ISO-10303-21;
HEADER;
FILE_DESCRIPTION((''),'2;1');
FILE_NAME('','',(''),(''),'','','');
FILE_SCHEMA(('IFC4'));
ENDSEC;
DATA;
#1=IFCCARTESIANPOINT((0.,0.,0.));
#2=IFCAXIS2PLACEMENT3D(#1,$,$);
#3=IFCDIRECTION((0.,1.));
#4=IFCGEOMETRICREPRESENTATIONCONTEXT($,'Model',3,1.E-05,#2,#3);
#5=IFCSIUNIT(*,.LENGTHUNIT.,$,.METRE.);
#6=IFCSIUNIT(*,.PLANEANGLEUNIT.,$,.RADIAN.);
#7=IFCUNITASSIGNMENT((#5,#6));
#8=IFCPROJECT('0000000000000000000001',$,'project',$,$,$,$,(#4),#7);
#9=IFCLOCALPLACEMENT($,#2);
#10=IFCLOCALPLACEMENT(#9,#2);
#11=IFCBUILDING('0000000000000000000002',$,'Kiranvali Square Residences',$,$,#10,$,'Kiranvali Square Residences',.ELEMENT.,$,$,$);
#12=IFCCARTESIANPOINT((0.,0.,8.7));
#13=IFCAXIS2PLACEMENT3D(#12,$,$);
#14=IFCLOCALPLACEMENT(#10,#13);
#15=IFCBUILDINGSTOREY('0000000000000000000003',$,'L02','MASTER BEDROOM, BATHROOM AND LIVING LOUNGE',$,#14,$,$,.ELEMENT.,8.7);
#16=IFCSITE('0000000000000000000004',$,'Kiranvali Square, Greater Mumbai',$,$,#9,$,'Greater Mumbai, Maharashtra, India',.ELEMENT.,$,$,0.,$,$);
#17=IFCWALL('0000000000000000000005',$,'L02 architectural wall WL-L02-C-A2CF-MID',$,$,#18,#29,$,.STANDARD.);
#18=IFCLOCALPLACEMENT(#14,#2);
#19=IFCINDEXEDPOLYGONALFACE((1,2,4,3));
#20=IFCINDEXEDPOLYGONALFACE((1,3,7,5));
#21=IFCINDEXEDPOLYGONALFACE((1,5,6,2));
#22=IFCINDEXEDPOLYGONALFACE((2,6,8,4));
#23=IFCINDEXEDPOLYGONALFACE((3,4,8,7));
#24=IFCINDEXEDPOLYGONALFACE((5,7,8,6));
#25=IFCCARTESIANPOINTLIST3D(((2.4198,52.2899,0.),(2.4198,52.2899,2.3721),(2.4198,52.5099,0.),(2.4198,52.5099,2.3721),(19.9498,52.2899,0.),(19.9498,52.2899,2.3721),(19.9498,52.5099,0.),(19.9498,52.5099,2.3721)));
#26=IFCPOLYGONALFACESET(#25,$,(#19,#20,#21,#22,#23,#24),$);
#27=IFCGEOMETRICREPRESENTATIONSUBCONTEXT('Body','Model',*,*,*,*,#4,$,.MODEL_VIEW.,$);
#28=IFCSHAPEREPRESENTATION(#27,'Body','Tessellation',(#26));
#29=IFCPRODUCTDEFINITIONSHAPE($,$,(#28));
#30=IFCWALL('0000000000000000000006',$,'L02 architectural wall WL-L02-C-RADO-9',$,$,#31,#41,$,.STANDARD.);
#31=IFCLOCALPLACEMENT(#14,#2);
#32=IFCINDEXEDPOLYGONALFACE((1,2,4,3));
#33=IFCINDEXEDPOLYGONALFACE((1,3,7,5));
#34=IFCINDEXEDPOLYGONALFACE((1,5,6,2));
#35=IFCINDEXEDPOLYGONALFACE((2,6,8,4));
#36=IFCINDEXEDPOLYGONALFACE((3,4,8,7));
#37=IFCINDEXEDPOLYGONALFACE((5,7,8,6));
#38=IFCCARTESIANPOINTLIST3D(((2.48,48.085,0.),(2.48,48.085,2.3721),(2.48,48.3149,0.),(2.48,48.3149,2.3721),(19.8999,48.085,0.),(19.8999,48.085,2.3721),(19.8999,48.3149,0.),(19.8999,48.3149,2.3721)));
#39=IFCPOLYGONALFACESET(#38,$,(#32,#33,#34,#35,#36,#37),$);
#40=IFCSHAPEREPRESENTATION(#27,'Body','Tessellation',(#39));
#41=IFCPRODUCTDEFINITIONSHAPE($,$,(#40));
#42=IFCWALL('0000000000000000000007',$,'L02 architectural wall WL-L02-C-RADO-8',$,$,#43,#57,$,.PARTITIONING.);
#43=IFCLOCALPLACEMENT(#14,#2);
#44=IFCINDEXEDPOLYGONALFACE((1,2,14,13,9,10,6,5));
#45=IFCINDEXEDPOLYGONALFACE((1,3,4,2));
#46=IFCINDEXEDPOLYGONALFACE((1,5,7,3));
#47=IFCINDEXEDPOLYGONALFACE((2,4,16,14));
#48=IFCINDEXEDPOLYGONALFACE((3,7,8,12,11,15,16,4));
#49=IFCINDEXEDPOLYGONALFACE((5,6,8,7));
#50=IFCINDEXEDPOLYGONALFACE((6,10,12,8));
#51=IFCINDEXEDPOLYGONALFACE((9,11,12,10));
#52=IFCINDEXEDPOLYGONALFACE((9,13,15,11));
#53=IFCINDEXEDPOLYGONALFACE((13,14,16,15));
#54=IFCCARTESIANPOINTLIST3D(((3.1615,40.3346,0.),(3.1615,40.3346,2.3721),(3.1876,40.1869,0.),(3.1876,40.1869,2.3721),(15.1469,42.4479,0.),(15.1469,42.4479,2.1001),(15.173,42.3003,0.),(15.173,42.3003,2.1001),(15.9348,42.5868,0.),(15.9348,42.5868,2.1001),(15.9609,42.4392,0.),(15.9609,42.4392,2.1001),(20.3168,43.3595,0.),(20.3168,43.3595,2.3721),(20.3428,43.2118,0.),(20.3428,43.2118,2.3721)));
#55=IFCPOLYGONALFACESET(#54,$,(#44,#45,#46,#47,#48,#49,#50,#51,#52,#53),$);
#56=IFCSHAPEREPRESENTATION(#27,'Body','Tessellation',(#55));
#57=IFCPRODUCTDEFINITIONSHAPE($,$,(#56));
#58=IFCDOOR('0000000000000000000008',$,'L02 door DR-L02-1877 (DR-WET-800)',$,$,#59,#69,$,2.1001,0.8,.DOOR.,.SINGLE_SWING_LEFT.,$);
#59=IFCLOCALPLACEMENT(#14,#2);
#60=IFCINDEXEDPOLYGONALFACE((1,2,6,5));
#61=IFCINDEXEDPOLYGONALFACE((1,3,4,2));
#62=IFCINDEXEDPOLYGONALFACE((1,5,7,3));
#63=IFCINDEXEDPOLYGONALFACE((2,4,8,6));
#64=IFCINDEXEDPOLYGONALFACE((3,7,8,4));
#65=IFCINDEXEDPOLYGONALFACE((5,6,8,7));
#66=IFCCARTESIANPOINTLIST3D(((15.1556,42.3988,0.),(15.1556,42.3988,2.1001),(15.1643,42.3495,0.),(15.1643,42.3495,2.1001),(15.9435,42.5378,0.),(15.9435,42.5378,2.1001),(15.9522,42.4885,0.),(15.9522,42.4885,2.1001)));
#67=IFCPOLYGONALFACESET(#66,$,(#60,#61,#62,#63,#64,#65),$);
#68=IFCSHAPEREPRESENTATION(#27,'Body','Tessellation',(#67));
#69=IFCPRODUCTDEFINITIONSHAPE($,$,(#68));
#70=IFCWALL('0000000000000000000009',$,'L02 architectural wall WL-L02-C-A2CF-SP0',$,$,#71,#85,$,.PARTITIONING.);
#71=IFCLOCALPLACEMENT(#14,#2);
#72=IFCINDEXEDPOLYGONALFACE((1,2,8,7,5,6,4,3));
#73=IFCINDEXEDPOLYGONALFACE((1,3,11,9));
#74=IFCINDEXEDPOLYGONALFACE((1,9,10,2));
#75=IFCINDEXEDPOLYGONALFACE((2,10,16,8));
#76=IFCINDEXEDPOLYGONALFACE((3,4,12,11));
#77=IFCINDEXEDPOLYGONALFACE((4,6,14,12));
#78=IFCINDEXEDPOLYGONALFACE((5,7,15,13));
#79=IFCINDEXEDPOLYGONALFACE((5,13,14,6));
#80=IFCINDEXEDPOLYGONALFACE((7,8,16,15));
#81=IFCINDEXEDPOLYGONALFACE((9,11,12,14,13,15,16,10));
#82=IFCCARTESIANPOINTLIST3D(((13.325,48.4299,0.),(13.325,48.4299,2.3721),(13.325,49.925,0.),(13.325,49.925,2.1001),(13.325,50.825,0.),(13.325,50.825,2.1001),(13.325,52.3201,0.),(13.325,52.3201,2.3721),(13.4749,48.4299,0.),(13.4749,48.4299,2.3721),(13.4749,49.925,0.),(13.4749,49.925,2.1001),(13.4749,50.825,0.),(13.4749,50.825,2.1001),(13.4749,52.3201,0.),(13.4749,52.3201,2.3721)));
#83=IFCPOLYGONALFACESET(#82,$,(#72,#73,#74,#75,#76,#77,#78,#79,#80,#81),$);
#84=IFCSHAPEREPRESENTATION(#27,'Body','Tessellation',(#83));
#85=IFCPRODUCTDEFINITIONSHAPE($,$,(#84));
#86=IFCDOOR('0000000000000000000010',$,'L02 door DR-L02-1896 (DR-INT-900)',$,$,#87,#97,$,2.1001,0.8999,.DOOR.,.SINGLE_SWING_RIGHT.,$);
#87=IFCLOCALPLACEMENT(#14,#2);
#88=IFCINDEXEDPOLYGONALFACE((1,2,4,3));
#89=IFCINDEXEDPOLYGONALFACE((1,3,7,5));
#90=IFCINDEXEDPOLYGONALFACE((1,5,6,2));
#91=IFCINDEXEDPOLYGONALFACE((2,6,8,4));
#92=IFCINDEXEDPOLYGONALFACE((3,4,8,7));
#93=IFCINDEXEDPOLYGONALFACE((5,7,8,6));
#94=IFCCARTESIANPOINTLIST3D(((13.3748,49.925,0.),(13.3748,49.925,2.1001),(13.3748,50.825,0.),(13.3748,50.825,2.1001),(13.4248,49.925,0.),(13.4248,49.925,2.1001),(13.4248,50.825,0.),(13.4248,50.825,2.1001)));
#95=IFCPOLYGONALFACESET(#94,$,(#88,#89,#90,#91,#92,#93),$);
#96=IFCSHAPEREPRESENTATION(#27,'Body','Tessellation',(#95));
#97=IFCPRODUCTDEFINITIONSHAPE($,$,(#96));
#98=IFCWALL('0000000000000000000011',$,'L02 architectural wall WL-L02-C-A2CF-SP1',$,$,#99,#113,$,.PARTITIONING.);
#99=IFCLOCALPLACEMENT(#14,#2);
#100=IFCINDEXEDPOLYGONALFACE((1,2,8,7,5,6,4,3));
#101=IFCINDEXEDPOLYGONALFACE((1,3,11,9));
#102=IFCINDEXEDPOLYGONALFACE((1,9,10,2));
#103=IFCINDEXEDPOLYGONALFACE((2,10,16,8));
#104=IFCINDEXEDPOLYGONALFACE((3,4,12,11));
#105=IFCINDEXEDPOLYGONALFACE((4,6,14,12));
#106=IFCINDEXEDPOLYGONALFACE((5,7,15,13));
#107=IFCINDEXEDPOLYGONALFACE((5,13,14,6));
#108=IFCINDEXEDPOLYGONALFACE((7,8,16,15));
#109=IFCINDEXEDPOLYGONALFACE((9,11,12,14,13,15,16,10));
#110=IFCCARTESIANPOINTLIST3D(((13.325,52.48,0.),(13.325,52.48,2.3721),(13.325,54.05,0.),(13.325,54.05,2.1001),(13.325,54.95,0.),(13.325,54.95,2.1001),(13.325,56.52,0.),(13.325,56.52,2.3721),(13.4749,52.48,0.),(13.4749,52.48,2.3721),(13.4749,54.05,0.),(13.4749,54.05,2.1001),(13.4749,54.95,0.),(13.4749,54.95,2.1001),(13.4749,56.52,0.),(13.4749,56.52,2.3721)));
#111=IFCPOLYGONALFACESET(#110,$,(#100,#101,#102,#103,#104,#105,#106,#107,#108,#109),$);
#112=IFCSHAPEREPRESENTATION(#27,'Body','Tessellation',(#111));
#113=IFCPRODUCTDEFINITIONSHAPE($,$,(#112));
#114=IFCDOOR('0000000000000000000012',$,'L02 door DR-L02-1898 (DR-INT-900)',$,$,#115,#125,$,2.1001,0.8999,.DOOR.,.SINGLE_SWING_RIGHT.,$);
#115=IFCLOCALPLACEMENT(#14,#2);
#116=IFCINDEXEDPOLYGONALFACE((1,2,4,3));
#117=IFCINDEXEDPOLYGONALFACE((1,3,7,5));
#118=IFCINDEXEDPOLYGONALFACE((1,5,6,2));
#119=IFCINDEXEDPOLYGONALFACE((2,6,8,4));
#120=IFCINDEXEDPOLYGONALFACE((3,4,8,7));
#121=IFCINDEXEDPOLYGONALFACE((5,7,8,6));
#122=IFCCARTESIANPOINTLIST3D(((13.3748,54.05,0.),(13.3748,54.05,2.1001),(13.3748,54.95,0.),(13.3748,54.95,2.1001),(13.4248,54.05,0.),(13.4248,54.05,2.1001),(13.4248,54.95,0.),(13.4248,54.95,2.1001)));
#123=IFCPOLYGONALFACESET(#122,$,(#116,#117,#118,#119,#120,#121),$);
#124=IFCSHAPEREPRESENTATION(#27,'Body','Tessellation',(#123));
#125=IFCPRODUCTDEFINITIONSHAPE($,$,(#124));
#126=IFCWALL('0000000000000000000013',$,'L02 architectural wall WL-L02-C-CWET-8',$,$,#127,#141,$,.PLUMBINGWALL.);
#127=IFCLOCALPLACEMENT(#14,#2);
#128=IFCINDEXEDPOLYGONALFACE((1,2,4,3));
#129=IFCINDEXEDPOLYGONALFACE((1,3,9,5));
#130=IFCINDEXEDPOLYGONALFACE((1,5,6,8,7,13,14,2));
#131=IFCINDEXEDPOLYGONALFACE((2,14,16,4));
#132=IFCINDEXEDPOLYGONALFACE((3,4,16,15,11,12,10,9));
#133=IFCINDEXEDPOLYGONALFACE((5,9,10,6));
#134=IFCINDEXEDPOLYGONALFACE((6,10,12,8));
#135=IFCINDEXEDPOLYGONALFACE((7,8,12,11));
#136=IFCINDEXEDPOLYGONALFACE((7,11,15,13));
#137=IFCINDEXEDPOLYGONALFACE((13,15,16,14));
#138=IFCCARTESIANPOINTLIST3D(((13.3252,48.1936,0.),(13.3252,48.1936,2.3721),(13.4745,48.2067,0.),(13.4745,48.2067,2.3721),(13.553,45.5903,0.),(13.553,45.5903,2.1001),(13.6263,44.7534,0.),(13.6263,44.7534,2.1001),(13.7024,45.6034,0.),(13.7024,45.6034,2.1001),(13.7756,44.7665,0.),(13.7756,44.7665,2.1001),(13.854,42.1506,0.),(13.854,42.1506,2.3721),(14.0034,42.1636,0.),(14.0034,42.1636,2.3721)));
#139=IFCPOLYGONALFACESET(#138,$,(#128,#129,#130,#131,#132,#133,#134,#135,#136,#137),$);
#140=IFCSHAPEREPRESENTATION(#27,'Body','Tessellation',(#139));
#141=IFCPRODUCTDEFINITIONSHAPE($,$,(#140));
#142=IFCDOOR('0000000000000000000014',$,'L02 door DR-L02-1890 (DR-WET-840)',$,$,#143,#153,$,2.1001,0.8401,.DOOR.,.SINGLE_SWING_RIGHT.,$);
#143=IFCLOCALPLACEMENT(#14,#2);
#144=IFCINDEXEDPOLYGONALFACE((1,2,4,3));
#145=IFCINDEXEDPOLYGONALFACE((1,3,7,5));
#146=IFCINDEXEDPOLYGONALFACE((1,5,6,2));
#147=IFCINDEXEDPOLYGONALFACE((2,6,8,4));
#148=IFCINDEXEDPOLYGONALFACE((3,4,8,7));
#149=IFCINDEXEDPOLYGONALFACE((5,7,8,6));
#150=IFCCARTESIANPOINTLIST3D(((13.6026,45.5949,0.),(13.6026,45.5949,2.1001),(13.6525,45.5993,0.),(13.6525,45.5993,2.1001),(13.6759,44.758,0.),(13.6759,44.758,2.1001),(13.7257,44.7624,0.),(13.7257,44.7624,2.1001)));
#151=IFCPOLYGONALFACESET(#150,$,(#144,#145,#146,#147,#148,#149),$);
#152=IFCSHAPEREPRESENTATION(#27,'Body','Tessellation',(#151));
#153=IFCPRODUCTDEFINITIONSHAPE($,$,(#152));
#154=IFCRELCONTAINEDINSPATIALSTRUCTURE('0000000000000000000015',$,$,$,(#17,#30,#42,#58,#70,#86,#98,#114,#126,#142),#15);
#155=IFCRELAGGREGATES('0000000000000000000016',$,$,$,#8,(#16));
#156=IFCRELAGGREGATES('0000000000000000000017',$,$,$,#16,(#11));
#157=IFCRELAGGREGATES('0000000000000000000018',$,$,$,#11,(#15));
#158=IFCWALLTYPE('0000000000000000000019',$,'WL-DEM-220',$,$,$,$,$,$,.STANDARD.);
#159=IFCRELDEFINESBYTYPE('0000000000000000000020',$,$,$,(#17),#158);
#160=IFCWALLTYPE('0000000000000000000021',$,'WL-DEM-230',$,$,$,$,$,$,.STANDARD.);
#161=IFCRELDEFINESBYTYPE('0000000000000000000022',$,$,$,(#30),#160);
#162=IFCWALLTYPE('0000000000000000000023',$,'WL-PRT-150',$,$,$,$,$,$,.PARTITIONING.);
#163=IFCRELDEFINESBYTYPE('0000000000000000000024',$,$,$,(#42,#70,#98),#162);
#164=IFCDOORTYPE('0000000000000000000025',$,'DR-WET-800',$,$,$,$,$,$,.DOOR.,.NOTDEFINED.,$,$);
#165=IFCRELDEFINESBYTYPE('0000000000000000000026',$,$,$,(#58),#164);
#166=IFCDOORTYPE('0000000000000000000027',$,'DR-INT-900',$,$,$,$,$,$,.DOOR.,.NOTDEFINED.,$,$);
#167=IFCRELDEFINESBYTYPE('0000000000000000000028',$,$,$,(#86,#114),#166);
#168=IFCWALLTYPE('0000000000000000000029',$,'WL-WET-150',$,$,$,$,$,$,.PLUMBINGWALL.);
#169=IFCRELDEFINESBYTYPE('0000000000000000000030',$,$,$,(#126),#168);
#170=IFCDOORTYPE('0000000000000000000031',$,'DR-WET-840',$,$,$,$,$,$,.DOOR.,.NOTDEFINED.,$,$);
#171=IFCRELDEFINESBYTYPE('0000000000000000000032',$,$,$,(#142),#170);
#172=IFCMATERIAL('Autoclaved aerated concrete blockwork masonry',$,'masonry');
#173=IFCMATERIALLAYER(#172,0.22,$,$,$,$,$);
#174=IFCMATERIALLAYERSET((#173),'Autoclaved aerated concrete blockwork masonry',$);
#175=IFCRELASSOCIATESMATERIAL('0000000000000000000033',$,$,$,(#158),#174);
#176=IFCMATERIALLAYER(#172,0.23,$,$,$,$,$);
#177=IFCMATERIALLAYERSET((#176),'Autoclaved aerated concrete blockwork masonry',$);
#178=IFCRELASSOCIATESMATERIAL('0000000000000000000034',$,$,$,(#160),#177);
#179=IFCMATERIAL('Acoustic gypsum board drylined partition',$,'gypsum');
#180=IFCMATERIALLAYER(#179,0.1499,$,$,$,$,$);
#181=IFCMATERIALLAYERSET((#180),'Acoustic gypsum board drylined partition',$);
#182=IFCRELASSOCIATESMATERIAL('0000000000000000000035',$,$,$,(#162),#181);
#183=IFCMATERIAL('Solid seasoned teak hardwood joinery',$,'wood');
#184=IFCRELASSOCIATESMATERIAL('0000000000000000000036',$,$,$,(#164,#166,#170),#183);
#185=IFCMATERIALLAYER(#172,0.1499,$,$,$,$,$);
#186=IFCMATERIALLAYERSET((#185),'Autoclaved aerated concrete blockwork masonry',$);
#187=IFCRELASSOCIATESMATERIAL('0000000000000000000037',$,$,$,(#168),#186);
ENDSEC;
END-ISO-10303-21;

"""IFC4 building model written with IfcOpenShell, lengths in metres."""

from ifc_helpers import new_model, si_unit, direction, frame, frame_2d, origin, place, context, subcontext, project, spatial, rectangle, extrude, material, layer, layer_set, type_object, element, fill, save


model = new_model("IFC4")

# Units and contexts
model_context = context("Model", 3, precision=1e-05, world=origin(), true_north=direction((0.0, 1.0)))
body_context = subcontext(model_context, "Body", "Model", "MODEL_VIEW")
ifc_project = project(units=[si_unit("LENGTHUNIT", "METRE"), si_unit("PLANEANGLEUNIT", "RADIAN")], contexts=[model_context])

# Site, building, storey
site_placement = place(None, origin())
site = spatial("IfcSite", under=ifc_project, at=site_placement, Name="Kiranvali Square, Greater Mumbai", LongName="Greater Mumbai, Maharashtra, India", CompositionType="ELEMENT", RefElevation=0.0)
building_placement = place(site_placement, origin())
building = spatial("IfcBuilding", under=site, at=building_placement, Name="Kiranvali Square Residences", LongName="Kiranvali Square Residences", CompositionType="ELEMENT")
storey_placement = place(building_placement, frame((0.0, 0.0, 8.7)))
storey = spatial("IfcBuildingStorey", under=building, at=storey_placement, Name="L02", Description="MASTER BEDROOM, BATHROOM AND LIVING LOUNGE", CompositionType="ELEMENT", Elevation=8.7)

# Shared definitions
ifc_material_1 = material(Name="Autoclaved aerated concrete blockwork masonry", Category="masonry")

# Walls
ifc_layer_1 = layer(ifc_material_1, 0.22)
ifc_layer_set_1 = layer_set([ifc_layer_1], Name="Autoclaved aerated concrete blockwork masonry")
wall_type_1 = type_object("IfcWallType", Name="WL-DEM-220", PredefinedType="STANDARD", material=ifc_layer_set_1)
wall_1_placement = place(storey_placement, frame((19.95, 52.3999, 0.0), z_axis=(0.0, 0.0, 1.0), x_axis=(-1.0, 0.0, 0.0)))
element("IfcWall", 1, at=wall_1_placement, inside=storey, type_object=wall_type_1, Name="L02 architectural wall WL-L02-C-A2CF-MID", PredefinedType="STANDARD", context=body_context, shape_type="SweptSolid", body=[
    extrude(rectangle(XDim=17.53, YDim=0.22, at=frame_2d((8.7651, 0.0))), origin(), (0.0, 0.0, 1.0), 2.3721),
])
ifc_layer_2 = layer(ifc_material_1, 0.23)
ifc_layer_set_2 = layer_set([ifc_layer_2], Name="Autoclaved aerated concrete blockwork masonry")
wall_type_2 = type_object("IfcWallType", Name="WL-DEM-230", PredefinedType="STANDARD", material=ifc_layer_set_2)
wall_2_placement = place(storey_placement, frame((19.8999, 48.2, 0.0), z_axis=(0.0, 0.0, 1.0), x_axis=(-1.0, 0.0, 0.0)))
element("IfcWall", 2, at=wall_2_placement, inside=storey, type_object=wall_type_2, Name="L02 architectural wall WL-L02-C-RADO-9", PredefinedType="STANDARD", context=body_context, shape_type="SweptSolid", body=[
    extrude(rectangle(XDim=17.4199, YDim=0.23, at=frame_2d((8.71, 0.0))), origin(), (0.0, 0.0, 1.0), 2.3721),
])

# Walls, openings, doors
ifc_material_2 = material(Name="Acoustic gypsum board drylined partition", Category="gypsum")
ifc_layer_3 = layer(ifc_material_2, 0.1499)
ifc_layer_set_3 = layer_set([ifc_layer_3], Name="Acoustic gypsum board drylined partition")
wall_type_3 = type_object("IfcWallType", Name="WL-PRT-150", PredefinedType="PARTITIONING", material=ifc_layer_set_3)
wall_3_placement = place(storey_placement, frame((20.3298, 43.2856, 0.0), z_axis=(0.0, 0.0, 1.0), x_axis=(-0.984808, -0.173646, 0.0)))
wall_3 = element("IfcWall", 3, at=wall_3_placement, inside=storey, type_object=wall_type_3, Name="L02 architectural wall WL-L02-C-RADO-8", PredefinedType="PARTITIONING", context=body_context, shape_type="SweptSolid", body=[
    extrude(rectangle(XDim=17.4199, YDim=0.1499, at=frame_2d((8.71, 0.0))), origin(), (0.0, 0.0, 1.0), 2.3721),
])
opening_1_placement = place(wall_3_placement, frame((4.4497, 0.0, 0.0)))
opening_1 = element("IfcOpeningElement", 4, at=opening_1_placement, cuts=wall_3, PredefinedType="OPENING", context=body_context, shape_type="SweptSolid", body=[
    extrude(rectangle(XDim=0.8, YDim=2.1001, at=frame_2d((0.3999, 1.05))), frame((0.0, 0.085, 0.0), z_axis=(0.0, -1.0, 0.0), x_axis=(1.0, 0.0, 0.0)), (0.0, 0.0, 1.0), 0.1699),
])
ifc_material_3 = material(Name="Solid seasoned teak hardwood joinery", Category="wood")
door_type_1 = type_object("IfcDoorType", Name="DR-WET-800", OperationType="NOTDEFINED", PredefinedType="DOOR", material=ifc_material_3)
door_1_placement = place(opening_1_placement, origin())
door_1 = element("IfcDoor", 5, at=door_1_placement, inside=storey, type_object=door_type_1, Name="L02 door DR-L02-1877 (DR-WET-800)", OperationType="SINGLE_SWING_LEFT", OverallHeight=2.1001, OverallWidth=0.8, PredefinedType="DOOR", context=body_context, shape_type="SweptSolid", body=[
    extrude(rectangle(XDim=0.8, YDim=2.1001, at=frame_2d((0.3999, 1.05))), frame((0.0, 0.0249, 0.0), z_axis=(0.0, -1.0, 0.0), x_axis=(1.0, 0.0, 0.0)), (0.0, 0.0, 1.0), 0.05),
])
fill(opening_1, door_1)
wall_4_placement = place(storey_placement, frame((13.3999, 48.4299, 0.0), z_axis=(0.0, 0.0, 1.0), x_axis=(0.0, 1.0, 0.0)))
wall_4 = element("IfcWall", 6, at=wall_4_placement, inside=storey, type_object=wall_type_3, Name="L02 architectural wall WL-L02-C-A2CF-SP0", PredefinedType="PARTITIONING", context=body_context, shape_type="SweptSolid", body=[
    extrude(rectangle(XDim=3.8901, YDim=0.1499, at=frame_2d((1.9451, 0.0))), origin(), (0.0, 0.0, 1.0), 2.3721),
])
opening_2_placement = place(wall_4_placement, frame((1.4951, 0.0, 0.0)))
opening_2 = element("IfcOpeningElement", 7, at=opening_2_placement, cuts=wall_4, PredefinedType="OPENING", context=body_context, shape_type="SweptSolid", body=[
    extrude(rectangle(XDim=0.8999, YDim=2.1001, at=frame_2d((0.45, 1.05))), frame((0.0, 0.085, 0.0), z_axis=(0.0, -1.0, 0.0), x_axis=(1.0, 0.0, 0.0)), (0.0, 0.0, 1.0), 0.1699),
])
door_type_2 = type_object("IfcDoorType", Name="DR-INT-900", OperationType="NOTDEFINED", PredefinedType="DOOR", material=ifc_material_3)
door_2_placement = place(opening_2_placement, frame((0.8999, 0.0, 0.0), z_axis=(0.0, 0.0, 1.0), x_axis=(-1.0, 0.0, 0.0)))
door_2 = element("IfcDoor", 8, at=door_2_placement, inside=storey, type_object=door_type_2, Name="L02 door DR-L02-1896 (DR-INT-900)", OperationType="SINGLE_SWING_RIGHT", OverallHeight=2.1001, OverallWidth=0.8999, PredefinedType="DOOR", context=body_context, shape_type="SweptSolid", body=[
    extrude(rectangle(XDim=0.8999, YDim=2.1001, at=frame_2d((0.45, 1.05))), frame((0.0, 0.0249, 0.0), z_axis=(0.0, -1.0, 0.0), x_axis=(1.0, 0.0, 0.0)), (0.0, 0.0, 1.0), 0.05),
])
fill(opening_2, door_2)
wall_5_placement = place(storey_placement, frame((13.3999, 52.48, 0.0), z_axis=(0.0, 0.0, 1.0), x_axis=(0.0, 1.0, 0.0)))
wall_5 = element("IfcWall", 9, at=wall_5_placement, inside=storey, type_object=wall_type_3, Name="L02 architectural wall WL-L02-C-A2CF-SP1", PredefinedType="PARTITIONING", context=body_context, shape_type="SweptSolid", body=[
    extrude(rectangle(XDim=4.04, YDim=0.1499, at=frame_2d((2.02, 0.0))), origin(), (0.0, 0.0, 1.0), 2.3721),
])
opening_3_placement = place(wall_5_placement, frame((1.5701, 0.0, 0.0)))
opening_3 = element("IfcOpeningElement", 10, at=opening_3_placement, cuts=wall_5, PredefinedType="OPENING", context=body_context, shape_type="SweptSolid", body=[
    extrude(rectangle(XDim=0.8999, YDim=2.1001, at=frame_2d((0.45, 1.05))), frame((0.0, 0.085, 0.0), z_axis=(0.0, -1.0, 0.0), x_axis=(1.0, 0.0, 0.0)), (0.0, 0.0, 1.0), 0.1699),
])
door_3_placement = place(opening_3_placement, frame((0.8999, 0.0, 0.0), z_axis=(0.0, 0.0, 1.0), x_axis=(-1.0, 0.0, 0.0)))
door_3 = element("IfcDoor", 11, at=door_3_placement, inside=storey, type_object=door_type_2, Name="L02 door DR-L02-1898 (DR-INT-900)", OperationType="SINGLE_SWING_RIGHT", OverallHeight=2.1001, OverallWidth=0.8999, PredefinedType="DOOR", context=body_context, shape_type="SweptSolid", body=[
    extrude(rectangle(XDim=0.8999, YDim=2.1001, at=frame_2d((0.45, 1.05))), frame((0.0, 0.0249, 0.0), z_axis=(0.0, -1.0, 0.0), x_axis=(1.0, 0.0, 0.0)), (0.0, 0.0, 1.0), 0.05),
])
fill(opening_3, door_3)
ifc_layer_4 = layer(ifc_material_1, 0.1499)
ifc_layer_set_4 = layer_set([ifc_layer_4], Name="Autoclaved aerated concrete blockwork masonry")
wall_type_4 = type_object("IfcWallType", Name="WL-WET-150", PredefinedType="PLUMBINGWALL", material=ifc_layer_set_4)
wall_6_placement = place(storey_placement, frame((13.9287, 42.157, 0.0), z_axis=(0.0, 0.0, 1.0), x_axis=(-0.087175, 0.996193, 0.0)))
wall_6 = element("IfcWall", 12, at=wall_6_placement, inside=storey, type_object=wall_type_4, Name="L02 architectural wall WL-L02-C-CWET-8", PredefinedType="PLUMBINGWALL", context=body_context, shape_type="SweptSolid", body=[
    extrude(rectangle(XDim=6.0662, YDim=0.1499, at=frame_2d((3.0332, 0.0))), origin(), (0.0, 0.0, 1.0), 2.3721),
])
opening_4_placement = place(wall_6_placement, frame((2.613, 0.0, 0.0)))
opening_4 = element("IfcOpeningElement", 13, at=opening_4_placement, cuts=wall_6, PredefinedType="OPENING", context=body_context, shape_type="SweptSolid", body=[
    extrude(rectangle(XDim=0.8401, YDim=2.1001, at=frame_2d((0.4199, 1.05))), frame((0.0, 0.085, 0.0), z_axis=(0.0, -1.0, 0.0), x_axis=(1.0, 0.0, 0.0)), (0.0, 0.0, 1.0), 0.1699),
])
door_type_3 = type_object("IfcDoorType", Name="DR-WET-840", OperationType="NOTDEFINED", PredefinedType="DOOR", material=ifc_material_3)
door_4_placement = place(opening_4_placement, frame((0.8401, 0.0, 0.0), z_axis=(0.0, 0.0, 1.0), x_axis=(-1.0, 0.0, 0.0)))
door_4 = element("IfcDoor", 14, at=door_4_placement, inside=storey, type_object=door_type_3, Name="L02 door DR-L02-1890 (DR-WET-840)", OperationType="SINGLE_SWING_RIGHT", OverallHeight=2.1001, OverallWidth=0.8401, PredefinedType="DOOR", context=body_context, shape_type="SweptSolid", body=[
    extrude(rectangle(XDim=0.8401, YDim=2.1001, at=frame_2d((0.4199, 1.05))), frame((0.0, 0.0249, 0.0), z_axis=(0.0, -1.0, 0.0), x_axis=(1.0, 0.0, 0.0)), (0.0, 0.0, 1.0), 0.05),
])
fill(opening_4, door_4)

save(model, "model.ifc")
